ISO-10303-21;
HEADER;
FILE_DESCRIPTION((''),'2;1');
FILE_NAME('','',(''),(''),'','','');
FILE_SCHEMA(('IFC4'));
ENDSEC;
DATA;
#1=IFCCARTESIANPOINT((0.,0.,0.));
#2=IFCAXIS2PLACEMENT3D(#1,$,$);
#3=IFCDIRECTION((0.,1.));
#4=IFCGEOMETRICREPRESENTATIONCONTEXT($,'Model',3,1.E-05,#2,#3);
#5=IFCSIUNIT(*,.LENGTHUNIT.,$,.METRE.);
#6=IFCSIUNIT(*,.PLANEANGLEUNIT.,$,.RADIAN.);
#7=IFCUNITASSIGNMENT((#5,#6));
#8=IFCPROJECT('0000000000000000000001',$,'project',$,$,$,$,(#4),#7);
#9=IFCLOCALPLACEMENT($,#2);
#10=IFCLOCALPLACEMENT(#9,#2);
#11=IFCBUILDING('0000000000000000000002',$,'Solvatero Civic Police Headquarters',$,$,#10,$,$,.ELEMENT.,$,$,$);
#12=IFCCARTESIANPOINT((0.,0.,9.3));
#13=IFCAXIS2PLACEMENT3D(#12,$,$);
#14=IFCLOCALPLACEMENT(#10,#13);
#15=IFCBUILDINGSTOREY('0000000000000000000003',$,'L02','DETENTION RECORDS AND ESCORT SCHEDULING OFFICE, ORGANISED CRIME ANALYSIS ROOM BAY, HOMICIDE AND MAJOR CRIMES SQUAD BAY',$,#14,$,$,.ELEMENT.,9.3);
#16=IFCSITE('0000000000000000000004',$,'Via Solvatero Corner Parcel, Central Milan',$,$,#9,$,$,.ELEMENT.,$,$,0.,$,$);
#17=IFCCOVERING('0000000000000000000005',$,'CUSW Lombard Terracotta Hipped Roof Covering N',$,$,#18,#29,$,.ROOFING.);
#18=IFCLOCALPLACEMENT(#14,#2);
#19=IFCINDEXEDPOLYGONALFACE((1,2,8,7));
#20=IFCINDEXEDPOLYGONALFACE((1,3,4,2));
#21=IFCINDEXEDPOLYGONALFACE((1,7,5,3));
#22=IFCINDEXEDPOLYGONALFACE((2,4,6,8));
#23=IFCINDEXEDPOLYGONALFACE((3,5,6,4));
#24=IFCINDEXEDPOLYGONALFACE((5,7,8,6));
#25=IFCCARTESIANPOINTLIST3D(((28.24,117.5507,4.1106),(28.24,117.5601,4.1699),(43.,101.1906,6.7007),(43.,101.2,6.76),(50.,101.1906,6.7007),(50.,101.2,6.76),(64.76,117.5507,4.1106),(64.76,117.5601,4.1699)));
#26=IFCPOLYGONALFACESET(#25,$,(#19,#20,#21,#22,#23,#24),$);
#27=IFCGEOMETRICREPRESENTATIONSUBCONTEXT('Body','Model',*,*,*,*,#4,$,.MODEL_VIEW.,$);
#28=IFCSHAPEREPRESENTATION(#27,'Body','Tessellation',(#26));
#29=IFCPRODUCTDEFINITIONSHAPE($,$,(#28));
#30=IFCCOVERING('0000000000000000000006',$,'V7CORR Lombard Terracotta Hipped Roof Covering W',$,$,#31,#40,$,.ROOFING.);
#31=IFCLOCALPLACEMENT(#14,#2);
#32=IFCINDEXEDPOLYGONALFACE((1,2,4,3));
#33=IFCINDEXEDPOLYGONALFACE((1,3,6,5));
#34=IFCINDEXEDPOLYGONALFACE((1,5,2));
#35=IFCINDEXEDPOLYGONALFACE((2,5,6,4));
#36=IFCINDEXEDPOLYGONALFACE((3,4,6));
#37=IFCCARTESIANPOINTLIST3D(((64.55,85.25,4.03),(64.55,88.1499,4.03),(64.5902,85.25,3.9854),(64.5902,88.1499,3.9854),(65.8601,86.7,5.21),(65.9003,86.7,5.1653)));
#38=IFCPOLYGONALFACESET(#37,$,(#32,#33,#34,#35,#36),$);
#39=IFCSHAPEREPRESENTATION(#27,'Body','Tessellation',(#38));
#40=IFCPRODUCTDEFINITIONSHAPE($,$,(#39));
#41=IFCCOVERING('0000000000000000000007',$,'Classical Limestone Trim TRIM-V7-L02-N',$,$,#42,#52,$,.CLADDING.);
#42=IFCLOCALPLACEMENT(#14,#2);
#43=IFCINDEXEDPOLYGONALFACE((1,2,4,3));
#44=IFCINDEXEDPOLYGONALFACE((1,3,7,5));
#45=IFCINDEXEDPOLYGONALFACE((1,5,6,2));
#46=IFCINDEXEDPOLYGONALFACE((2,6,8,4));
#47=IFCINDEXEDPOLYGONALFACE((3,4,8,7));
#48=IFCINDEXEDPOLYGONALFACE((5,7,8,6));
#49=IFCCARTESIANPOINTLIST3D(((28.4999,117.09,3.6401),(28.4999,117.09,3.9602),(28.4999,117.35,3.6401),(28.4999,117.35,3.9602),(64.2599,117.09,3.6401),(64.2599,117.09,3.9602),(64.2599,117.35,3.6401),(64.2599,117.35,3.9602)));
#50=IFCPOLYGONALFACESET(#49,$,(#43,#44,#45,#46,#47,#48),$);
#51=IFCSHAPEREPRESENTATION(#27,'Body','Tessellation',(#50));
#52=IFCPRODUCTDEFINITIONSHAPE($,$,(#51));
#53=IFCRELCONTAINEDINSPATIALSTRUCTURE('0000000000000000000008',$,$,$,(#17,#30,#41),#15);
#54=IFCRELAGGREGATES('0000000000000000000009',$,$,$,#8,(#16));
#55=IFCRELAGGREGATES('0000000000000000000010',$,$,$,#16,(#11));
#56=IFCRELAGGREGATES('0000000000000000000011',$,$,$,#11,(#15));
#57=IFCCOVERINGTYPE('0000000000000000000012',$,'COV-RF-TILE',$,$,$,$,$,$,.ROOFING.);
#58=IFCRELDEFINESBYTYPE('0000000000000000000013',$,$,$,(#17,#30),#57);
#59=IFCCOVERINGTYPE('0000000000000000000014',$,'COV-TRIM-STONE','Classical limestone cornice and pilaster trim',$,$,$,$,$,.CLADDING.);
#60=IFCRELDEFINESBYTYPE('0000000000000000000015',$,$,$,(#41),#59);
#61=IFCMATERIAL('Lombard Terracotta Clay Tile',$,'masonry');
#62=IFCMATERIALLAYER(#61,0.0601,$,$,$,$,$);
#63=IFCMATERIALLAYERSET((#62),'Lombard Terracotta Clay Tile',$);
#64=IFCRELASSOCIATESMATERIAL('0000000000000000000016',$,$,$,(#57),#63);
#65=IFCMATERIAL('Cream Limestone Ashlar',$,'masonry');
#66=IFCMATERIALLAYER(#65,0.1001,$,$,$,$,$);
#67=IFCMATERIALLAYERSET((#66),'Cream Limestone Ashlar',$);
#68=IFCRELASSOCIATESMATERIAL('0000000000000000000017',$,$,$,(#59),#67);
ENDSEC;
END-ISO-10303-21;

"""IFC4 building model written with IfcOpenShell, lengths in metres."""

from ifc_helpers import new_model, si_unit, direction, frame, origin, origin_2d, place, context, subcontext, project, spatial, polyline, rectangle, outline, extrude, material, layer, layer_set, type_object, element, save


model = new_model("IFC4")

# Units and contexts
model_context = context("Model", 3, precision=1e-05, world=origin(), true_north=direction((0.0, 1.0)))
body_context = subcontext(model_context, "Body", "Model", "MODEL_VIEW")
ifc_project = project(units=[si_unit("LENGTHUNIT", "METRE"), si_unit("PLANEANGLEUNIT", "RADIAN")], contexts=[model_context])

# Site, building, storey
site_placement = place(None, origin())
site = spatial("IfcSite", under=ifc_project, at=site_placement, Name="Via Solvatero Corner Parcel, Central Milan", CompositionType="ELEMENT", RefElevation=0.0)
building_placement = place(site_placement, origin())
building = spatial("IfcBuilding", under=site, at=building_placement, Name="Solvatero Civic Police Headquarters", CompositionType="ELEMENT")
storey_placement = place(building_placement, frame((0.0, 0.0, 9.3)))
storey = spatial("IfcBuildingStorey", under=building, at=storey_placement, Name="L02", Description="DETENTION RECORDS AND ESCORT SCHEDULING OFFICE, ORGANISED CRIME ANALYSIS ROOM BAY, HOMICIDE AND MAJOR CRIMES SQUAD BAY", CompositionType="ELEMENT", Elevation=9.3)

# Coverings
ifc_material_1 = material(Name="Lombard Terracotta Clay Tile", Category="masonry")
ifc_layer_1 = layer(ifc_material_1, 0.0601)
ifc_layer_set_1 = layer_set([ifc_layer_1], Name="Lombard Terracotta Clay Tile")
covering_type_1 = type_object("IfcCoveringType", Name="COV-RF-TILE", PredefinedType="ROOFING", material=ifc_layer_set_1)
covering_1_placement = place(storey_placement, frame((64.76, 117.5601, 4.1699), z_axis=(0.0, 0.15637, 0.987699), x_axis=(-1.0, 0.0, 0.0)))
element("IfcCovering", 1, at=covering_1_placement, inside=storey, type_object=covering_type_1, Name="CUSW Lombard Terracotta Hipped Roof Covering N", PredefinedType="ROOFING", context=body_context, shape_type="SweptSolid", body=[
    extrude(outline(polyline([(0.0, 0.0), (36.52, 0.0), (21.76, 16.5639), (14.76, 16.5639), (0.0, 0.0)])), origin(), (0.0, 0.0, -1.0), 0.0601),
])
covering_2_placement = place(storey_placement, frame((64.55, 88.1499, 4.03), z_axis=(-0.66924, 0.0, 0.743046), x_axis=(0.0, -1.0, 0.0)))
element("IfcCovering", 2, at=covering_2_placement, inside=storey, type_object=covering_type_1, Name="V7CORR Lombard Terracotta Hipped Roof Covering W", PredefinedType="ROOFING", context=body_context, shape_type="SweptSolid", body=[
    extrude(outline(polyline([(0.0, 0.0), (2.8999, 0.0), (1.45, 1.7631), (0.0, 0.0)])), origin(), (0.0, 0.0, -1.0), 0.0601),
])
ifc_material_2 = material(Name="Cream Limestone Ashlar", Category="masonry")
ifc_layer_2 = layer(ifc_material_2, 0.1001)
ifc_layer_set_2 = layer_set([ifc_layer_2], Name="Cream Limestone Ashlar")
covering_type_2 = type_object("IfcCoveringType", Name="COV-TRIM-STONE", Description="Classical limestone cornice and pilaster trim", PredefinedType="CLADDING", material=ifc_layer_set_2)
covering_3_placement = place(storey_placement, frame((46.3799, 117.22, 3.6401), z_axis=(0.0, 0.0, 1.0), x_axis=(1.0, 0.0, 0.0)))
element("IfcCovering", 3, at=covering_3_placement, inside=storey, type_object=covering_type_2, Name="Classical Limestone Trim TRIM-V7-L02-N", PredefinedType="CLADDING", context=body_context, shape_type="SweptSolid", body=[
    extrude(rectangle(XDim=35.76, YDim=0.26, at=origin_2d()), origin(), (0.0, 0.0, 1.0), 0.3201),
])

save(model, "model.ifc")
